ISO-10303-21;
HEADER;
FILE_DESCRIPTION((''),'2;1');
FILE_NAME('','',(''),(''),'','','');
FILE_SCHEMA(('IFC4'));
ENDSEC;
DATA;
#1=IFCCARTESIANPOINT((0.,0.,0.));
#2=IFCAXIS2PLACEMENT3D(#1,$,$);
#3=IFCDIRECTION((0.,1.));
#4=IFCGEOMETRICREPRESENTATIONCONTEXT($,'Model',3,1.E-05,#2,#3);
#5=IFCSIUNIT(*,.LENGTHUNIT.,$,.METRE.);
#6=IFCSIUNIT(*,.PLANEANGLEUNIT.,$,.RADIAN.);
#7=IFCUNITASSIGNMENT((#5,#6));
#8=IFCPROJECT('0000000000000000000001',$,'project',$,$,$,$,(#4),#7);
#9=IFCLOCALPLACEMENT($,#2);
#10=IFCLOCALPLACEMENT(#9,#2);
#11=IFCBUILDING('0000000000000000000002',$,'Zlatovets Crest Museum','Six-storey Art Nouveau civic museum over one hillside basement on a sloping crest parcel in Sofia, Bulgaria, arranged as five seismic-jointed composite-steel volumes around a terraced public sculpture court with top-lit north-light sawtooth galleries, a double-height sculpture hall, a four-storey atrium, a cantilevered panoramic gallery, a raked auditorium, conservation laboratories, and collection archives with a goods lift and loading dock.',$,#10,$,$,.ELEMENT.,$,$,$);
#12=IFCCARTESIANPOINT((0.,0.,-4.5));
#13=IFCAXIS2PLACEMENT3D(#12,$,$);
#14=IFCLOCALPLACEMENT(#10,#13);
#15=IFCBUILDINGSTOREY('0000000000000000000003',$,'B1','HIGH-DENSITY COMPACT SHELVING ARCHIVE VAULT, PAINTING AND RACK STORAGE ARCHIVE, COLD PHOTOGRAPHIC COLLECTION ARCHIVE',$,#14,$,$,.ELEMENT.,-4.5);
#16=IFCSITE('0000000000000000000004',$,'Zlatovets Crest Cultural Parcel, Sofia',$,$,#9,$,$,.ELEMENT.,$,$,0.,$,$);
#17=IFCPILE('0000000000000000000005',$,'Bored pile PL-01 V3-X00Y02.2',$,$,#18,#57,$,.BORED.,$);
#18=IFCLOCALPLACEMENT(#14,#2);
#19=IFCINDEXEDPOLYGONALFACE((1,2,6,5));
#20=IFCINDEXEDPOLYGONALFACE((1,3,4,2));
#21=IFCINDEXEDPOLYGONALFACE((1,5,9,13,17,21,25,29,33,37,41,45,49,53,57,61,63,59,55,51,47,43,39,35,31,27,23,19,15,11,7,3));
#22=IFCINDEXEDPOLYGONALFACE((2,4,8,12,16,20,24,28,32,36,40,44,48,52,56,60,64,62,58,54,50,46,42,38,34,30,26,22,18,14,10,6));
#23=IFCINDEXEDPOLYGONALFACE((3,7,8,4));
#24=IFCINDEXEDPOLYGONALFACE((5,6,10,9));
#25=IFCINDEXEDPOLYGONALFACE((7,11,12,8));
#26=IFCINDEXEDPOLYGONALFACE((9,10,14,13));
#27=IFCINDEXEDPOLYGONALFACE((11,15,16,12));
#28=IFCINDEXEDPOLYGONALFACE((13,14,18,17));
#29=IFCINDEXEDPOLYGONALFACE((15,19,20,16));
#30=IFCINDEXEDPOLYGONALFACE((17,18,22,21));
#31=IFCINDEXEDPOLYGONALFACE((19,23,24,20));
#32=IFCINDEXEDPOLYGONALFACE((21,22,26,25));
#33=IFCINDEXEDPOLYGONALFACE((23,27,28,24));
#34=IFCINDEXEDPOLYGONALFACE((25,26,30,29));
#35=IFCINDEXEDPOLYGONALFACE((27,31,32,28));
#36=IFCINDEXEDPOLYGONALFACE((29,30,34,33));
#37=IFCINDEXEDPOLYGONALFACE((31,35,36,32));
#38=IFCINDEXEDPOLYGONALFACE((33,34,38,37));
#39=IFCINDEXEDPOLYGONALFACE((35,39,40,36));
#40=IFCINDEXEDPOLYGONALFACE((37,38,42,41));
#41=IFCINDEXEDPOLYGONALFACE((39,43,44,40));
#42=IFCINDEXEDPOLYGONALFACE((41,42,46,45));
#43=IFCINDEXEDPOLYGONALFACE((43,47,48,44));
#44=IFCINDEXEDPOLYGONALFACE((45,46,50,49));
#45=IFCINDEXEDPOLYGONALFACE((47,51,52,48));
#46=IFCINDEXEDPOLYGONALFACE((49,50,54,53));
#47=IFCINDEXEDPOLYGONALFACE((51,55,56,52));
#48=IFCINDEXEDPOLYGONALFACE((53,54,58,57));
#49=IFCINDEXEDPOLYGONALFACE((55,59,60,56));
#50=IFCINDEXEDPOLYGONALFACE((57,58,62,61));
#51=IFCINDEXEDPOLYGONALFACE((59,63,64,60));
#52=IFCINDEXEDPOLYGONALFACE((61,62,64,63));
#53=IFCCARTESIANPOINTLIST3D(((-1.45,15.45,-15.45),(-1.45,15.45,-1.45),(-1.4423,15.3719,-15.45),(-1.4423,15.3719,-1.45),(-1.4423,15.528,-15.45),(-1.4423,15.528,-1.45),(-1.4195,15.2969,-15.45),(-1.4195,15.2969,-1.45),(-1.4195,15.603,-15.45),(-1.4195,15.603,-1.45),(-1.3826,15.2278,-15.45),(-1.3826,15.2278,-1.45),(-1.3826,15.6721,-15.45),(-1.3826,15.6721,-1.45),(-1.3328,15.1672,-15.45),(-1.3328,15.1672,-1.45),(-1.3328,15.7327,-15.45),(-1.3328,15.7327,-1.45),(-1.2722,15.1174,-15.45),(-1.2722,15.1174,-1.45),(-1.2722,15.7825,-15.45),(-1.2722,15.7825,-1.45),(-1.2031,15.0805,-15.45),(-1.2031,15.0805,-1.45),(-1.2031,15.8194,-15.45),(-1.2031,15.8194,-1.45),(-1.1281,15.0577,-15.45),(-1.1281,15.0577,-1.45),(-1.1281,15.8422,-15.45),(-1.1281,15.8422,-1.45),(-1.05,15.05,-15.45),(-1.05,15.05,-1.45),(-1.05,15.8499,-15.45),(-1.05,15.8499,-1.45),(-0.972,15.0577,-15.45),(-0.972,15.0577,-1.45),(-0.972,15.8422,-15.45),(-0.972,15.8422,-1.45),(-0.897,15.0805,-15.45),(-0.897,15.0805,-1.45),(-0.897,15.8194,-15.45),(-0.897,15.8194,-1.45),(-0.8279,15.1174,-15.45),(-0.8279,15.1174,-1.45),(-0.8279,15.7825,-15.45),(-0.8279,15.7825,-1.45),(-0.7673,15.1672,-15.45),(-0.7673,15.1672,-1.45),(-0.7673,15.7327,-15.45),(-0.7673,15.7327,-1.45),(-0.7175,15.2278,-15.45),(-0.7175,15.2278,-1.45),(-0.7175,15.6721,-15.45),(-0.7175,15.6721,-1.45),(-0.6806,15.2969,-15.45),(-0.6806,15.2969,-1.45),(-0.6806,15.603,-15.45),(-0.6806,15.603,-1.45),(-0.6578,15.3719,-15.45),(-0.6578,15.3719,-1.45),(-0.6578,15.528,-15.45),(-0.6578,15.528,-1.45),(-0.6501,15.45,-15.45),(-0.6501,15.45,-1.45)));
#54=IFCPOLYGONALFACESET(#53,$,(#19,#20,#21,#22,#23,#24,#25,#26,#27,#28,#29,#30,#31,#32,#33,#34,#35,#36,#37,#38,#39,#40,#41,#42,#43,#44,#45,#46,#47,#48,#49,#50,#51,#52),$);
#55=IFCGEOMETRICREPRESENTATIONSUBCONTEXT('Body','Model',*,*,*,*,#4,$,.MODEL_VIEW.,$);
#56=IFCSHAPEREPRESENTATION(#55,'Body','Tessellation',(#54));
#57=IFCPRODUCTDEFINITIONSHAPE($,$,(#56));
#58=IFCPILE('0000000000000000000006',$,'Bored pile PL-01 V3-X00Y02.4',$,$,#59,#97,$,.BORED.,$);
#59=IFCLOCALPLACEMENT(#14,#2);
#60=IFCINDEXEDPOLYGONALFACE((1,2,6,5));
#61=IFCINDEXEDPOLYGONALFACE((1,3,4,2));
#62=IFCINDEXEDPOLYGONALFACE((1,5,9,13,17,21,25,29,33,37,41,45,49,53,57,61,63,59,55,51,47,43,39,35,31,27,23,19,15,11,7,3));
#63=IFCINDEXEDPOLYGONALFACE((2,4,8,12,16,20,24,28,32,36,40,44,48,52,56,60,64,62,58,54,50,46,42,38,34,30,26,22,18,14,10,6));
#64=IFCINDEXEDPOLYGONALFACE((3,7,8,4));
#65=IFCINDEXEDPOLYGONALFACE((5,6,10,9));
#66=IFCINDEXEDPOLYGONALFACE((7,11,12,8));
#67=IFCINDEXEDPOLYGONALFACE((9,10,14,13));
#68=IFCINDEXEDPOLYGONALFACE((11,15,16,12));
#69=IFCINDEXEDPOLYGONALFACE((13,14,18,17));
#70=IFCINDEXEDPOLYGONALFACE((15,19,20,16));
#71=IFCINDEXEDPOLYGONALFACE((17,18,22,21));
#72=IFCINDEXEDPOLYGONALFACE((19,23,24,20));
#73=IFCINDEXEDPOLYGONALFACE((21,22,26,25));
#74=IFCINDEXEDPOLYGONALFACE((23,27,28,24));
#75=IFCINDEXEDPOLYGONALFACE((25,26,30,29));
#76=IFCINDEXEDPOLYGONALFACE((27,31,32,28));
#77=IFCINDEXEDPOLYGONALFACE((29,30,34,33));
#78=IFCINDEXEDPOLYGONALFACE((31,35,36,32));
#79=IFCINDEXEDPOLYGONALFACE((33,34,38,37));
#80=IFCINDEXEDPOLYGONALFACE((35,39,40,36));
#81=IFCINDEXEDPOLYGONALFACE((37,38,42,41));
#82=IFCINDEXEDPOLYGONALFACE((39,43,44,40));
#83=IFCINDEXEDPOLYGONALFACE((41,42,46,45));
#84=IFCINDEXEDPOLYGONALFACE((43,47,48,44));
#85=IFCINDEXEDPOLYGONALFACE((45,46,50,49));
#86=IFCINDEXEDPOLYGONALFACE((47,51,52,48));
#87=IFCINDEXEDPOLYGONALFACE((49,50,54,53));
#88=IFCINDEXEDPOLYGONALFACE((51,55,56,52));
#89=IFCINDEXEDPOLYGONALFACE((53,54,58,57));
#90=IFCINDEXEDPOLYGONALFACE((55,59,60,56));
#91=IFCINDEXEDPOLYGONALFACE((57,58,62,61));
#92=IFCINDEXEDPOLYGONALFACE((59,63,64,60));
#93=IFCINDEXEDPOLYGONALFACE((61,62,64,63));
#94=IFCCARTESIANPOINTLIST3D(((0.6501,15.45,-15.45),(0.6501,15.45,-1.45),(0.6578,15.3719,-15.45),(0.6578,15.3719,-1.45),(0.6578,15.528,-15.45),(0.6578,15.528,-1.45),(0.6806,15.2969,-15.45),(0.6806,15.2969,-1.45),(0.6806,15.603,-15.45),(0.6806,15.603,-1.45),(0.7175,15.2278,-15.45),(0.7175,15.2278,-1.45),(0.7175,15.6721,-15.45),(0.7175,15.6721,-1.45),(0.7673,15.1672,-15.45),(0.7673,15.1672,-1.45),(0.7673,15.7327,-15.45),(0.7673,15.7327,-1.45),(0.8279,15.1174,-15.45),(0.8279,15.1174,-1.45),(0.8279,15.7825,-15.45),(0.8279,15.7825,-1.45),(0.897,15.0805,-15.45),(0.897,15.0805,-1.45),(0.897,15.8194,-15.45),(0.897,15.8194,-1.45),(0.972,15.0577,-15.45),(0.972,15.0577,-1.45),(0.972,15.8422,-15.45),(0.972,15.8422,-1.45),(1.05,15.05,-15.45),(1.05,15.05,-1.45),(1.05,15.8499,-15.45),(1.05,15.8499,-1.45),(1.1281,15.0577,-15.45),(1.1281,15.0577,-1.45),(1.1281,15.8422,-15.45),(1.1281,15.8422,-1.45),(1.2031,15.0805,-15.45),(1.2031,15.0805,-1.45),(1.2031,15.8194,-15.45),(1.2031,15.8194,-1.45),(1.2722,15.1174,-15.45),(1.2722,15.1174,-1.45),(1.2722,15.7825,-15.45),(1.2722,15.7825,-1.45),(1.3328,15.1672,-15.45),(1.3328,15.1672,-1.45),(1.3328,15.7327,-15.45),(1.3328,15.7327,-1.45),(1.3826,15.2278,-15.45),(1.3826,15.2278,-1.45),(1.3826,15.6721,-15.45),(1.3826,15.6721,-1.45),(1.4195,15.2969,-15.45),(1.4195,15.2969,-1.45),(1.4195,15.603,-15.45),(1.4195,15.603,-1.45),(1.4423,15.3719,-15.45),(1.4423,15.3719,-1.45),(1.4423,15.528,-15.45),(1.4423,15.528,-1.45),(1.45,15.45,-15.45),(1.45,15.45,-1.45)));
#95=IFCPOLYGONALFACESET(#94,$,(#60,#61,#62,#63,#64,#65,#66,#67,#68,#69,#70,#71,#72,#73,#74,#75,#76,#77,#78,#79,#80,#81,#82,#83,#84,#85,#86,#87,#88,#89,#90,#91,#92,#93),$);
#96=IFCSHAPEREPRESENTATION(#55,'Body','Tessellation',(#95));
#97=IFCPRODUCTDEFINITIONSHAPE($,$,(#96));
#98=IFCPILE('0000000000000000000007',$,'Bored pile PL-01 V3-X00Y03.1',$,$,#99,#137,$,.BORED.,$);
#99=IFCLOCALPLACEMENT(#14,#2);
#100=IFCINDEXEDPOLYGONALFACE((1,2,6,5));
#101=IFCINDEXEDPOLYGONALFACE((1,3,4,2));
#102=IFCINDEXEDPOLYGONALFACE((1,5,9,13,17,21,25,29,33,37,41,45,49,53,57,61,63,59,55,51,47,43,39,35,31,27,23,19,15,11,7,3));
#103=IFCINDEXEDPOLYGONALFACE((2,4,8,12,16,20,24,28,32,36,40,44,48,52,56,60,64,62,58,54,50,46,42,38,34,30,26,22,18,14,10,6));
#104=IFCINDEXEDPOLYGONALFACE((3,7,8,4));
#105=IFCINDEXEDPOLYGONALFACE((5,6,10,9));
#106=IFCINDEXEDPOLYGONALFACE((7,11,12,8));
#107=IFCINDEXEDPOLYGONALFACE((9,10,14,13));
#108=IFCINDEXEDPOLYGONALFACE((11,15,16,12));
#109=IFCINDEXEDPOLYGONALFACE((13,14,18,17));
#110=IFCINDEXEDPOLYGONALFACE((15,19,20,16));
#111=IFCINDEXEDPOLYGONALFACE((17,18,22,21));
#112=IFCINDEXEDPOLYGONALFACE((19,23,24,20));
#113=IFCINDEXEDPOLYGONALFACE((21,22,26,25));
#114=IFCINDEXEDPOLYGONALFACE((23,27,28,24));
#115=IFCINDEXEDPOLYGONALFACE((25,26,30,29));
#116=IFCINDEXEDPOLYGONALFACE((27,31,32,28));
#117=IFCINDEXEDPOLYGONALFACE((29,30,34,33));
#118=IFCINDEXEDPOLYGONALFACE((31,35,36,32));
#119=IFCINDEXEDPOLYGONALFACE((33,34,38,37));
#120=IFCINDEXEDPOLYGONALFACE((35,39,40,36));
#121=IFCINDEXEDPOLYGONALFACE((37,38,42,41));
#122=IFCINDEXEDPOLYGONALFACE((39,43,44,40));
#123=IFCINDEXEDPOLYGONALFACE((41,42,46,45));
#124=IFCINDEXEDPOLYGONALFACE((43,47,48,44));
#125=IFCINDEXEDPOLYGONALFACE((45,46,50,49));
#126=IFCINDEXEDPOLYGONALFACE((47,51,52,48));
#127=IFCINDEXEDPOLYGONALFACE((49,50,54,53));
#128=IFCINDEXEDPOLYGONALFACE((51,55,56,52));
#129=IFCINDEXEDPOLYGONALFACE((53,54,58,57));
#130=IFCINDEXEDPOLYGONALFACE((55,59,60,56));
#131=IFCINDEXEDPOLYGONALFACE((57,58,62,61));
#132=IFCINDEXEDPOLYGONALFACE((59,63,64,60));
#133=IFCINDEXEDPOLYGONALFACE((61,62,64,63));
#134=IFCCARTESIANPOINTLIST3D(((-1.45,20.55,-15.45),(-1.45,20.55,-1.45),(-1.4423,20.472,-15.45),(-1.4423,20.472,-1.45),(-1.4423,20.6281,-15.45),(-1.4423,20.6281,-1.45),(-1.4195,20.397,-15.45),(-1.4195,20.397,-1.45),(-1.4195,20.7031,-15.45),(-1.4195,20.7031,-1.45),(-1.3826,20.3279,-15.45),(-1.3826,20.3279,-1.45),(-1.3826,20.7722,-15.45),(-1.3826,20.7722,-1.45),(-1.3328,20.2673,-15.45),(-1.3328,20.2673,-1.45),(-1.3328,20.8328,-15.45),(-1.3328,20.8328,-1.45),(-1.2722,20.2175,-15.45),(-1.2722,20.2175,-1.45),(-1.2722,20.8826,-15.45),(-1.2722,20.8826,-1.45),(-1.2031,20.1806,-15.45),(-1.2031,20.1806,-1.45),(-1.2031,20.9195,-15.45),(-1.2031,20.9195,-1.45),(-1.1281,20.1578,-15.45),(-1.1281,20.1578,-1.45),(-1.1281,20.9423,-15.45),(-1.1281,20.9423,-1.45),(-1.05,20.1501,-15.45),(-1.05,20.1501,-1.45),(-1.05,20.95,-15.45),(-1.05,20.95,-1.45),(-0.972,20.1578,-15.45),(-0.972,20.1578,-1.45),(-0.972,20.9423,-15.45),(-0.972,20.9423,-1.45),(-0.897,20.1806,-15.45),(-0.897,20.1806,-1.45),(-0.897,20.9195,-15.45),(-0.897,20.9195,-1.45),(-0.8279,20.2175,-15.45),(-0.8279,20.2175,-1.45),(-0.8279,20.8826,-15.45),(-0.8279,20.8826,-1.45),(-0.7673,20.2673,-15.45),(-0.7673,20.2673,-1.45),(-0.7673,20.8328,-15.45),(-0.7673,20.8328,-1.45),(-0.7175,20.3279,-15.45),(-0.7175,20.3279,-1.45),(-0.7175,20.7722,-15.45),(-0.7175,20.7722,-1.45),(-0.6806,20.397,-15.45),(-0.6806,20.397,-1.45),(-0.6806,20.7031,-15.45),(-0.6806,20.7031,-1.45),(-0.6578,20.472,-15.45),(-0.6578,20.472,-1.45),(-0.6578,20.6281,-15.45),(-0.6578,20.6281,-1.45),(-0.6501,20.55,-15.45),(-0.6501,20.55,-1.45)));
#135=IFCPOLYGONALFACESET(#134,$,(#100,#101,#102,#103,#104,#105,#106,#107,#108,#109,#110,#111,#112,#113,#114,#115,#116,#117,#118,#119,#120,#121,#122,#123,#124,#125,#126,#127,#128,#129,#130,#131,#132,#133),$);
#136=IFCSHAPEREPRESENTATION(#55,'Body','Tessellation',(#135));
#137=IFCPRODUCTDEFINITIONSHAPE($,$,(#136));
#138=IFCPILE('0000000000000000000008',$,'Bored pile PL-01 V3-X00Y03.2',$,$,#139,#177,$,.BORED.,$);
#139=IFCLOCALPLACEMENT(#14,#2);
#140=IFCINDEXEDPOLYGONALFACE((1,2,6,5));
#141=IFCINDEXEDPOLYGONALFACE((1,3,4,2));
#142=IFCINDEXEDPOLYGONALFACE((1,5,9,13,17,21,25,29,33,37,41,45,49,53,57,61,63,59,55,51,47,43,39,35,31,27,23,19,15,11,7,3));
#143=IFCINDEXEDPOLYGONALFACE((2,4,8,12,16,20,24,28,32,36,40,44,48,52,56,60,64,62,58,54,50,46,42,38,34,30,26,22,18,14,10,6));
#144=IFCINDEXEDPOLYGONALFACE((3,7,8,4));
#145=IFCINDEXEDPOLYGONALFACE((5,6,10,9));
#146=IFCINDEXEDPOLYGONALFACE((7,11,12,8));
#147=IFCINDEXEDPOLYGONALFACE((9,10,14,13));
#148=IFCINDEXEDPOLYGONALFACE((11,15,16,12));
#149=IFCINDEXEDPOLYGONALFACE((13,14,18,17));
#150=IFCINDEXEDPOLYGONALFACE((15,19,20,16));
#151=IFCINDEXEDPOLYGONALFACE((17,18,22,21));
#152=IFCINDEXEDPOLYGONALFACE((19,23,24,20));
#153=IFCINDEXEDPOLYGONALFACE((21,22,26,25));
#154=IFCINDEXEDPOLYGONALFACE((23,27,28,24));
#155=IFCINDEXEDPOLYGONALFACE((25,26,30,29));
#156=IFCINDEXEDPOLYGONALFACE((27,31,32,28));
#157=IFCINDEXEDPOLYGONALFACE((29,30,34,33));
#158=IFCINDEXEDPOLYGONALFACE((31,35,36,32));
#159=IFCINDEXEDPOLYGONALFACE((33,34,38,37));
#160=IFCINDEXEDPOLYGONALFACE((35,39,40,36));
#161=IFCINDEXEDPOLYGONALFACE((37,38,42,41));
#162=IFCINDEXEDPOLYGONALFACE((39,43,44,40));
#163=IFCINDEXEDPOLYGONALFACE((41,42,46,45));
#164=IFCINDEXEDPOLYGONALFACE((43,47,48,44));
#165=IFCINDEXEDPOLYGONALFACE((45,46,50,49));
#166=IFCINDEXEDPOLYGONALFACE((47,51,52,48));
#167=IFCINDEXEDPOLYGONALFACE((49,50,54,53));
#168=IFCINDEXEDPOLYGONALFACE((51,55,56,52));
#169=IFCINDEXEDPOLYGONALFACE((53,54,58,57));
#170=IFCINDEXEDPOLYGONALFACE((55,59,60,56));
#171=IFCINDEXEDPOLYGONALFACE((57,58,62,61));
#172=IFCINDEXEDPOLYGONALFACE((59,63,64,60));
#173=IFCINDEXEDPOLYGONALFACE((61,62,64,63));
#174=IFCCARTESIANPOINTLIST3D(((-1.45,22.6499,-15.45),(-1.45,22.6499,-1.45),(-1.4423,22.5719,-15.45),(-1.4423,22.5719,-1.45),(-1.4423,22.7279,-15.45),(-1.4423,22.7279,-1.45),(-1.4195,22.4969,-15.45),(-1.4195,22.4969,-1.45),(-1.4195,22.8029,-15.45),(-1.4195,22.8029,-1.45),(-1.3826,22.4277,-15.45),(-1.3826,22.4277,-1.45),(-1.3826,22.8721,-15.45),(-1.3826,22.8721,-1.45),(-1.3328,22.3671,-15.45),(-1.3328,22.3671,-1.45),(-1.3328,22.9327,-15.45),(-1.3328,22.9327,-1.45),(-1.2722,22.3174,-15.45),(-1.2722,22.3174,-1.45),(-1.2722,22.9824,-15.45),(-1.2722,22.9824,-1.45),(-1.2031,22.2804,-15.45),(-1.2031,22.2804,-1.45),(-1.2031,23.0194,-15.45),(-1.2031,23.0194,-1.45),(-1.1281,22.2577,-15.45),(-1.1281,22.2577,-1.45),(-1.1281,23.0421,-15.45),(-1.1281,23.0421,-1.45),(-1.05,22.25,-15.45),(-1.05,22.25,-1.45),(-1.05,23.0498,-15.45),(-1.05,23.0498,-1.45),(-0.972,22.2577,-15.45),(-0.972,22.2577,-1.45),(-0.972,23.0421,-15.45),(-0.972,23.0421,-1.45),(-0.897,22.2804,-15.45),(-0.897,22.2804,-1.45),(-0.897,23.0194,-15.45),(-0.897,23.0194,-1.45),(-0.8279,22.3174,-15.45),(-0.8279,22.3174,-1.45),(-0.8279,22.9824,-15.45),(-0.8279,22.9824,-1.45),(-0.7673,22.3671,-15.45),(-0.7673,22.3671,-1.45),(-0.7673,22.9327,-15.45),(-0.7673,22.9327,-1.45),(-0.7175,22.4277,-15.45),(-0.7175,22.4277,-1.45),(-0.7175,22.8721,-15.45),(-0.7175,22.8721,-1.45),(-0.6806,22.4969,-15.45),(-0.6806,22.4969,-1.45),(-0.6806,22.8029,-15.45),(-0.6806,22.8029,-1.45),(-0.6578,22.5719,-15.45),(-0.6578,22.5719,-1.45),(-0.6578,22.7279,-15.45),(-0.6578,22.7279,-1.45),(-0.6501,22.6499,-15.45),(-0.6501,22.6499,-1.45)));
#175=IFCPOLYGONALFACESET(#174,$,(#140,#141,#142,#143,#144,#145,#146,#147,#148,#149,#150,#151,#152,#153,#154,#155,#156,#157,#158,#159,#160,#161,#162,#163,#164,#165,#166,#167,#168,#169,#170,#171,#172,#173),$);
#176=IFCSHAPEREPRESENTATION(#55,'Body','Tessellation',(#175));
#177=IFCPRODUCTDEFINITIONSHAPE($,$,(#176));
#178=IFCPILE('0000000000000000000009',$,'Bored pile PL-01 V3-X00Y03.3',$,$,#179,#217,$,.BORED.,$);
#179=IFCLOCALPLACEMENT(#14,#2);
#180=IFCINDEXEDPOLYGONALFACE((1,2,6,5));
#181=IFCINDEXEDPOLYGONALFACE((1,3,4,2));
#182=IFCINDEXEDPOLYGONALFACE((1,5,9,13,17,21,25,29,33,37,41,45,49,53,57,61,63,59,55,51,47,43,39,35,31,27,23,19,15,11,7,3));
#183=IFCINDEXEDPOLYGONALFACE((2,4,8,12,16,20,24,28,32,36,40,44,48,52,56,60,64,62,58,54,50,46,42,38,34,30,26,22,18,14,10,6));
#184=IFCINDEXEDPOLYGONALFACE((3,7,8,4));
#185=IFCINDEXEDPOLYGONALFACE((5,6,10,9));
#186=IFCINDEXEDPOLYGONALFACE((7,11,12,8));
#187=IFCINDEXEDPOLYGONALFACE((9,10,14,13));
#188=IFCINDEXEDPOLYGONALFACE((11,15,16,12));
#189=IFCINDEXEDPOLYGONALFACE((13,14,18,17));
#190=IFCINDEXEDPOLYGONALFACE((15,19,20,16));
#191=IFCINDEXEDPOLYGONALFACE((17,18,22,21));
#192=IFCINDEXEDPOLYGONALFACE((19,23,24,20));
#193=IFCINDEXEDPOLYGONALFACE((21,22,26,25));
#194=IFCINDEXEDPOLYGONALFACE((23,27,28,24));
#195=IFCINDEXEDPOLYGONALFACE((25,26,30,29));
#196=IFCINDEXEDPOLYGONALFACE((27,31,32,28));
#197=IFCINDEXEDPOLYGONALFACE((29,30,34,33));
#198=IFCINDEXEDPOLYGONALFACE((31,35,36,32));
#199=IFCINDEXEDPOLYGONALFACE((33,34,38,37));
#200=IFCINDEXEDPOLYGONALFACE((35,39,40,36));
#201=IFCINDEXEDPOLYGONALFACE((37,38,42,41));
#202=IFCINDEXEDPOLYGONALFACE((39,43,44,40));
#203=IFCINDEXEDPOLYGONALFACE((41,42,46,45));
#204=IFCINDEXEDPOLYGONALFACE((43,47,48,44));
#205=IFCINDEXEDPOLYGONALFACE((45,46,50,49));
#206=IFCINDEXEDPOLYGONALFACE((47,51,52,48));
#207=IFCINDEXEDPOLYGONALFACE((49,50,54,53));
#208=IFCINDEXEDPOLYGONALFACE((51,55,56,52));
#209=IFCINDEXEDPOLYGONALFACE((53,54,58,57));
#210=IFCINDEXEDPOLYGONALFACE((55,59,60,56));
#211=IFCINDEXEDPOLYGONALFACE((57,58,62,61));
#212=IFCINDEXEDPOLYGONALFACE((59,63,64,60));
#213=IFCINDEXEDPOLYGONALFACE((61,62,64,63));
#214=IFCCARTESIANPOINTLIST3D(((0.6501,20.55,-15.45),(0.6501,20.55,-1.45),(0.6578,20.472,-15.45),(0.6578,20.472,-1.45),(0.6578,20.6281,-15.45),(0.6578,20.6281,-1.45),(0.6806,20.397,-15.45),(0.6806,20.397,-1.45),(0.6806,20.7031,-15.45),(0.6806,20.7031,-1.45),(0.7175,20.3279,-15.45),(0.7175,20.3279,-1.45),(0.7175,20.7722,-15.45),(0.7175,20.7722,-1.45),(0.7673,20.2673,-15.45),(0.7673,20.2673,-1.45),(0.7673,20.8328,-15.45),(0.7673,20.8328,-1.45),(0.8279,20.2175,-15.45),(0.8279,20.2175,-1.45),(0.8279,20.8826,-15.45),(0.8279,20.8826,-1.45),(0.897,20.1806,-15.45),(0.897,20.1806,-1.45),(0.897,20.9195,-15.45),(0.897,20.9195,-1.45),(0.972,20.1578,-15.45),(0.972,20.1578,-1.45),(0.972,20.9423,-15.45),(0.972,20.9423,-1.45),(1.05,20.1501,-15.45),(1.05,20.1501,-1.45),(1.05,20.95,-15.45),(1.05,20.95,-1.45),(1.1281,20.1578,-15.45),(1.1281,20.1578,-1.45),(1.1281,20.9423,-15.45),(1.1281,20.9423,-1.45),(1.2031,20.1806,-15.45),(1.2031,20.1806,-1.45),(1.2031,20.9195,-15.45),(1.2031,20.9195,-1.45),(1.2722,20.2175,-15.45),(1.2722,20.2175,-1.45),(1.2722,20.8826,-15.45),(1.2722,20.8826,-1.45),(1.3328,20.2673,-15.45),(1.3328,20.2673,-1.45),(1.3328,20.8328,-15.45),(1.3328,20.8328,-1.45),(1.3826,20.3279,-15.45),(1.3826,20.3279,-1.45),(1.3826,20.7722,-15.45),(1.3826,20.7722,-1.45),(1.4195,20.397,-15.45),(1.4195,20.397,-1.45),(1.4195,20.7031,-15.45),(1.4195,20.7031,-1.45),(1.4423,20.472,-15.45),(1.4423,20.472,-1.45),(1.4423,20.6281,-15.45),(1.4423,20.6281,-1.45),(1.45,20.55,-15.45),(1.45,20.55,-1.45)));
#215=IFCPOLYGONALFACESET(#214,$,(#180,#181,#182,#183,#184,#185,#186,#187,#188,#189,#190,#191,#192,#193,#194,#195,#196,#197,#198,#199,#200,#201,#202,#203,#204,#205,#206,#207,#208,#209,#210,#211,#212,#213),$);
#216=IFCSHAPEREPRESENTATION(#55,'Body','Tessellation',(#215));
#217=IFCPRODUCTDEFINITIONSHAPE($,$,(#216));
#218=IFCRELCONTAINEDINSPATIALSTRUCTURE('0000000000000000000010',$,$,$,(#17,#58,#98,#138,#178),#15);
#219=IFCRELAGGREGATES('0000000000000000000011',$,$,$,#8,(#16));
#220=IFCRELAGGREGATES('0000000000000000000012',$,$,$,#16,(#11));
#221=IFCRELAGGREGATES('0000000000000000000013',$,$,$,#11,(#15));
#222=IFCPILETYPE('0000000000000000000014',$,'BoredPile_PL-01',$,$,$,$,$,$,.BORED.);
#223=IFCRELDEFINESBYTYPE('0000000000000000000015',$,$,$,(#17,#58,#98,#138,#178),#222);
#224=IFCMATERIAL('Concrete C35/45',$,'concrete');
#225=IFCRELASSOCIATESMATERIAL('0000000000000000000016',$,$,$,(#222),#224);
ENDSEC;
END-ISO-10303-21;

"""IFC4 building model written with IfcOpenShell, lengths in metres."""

from ifc_helpers import new_model, si_unit, direction, frame, origin, origin_2d, place, context, subcontext, project, spatial, circle, extrude, material, material_profile, profile_set, type_object, element, save


model = new_model("IFC4")

# Units and contexts
model_context = context("Model", 3, precision=1e-05, world=origin(), true_north=direction((0.0, 1.0)))
body_context = subcontext(model_context, "Body", "Model", "MODEL_VIEW")
ifc_project = project(units=[si_unit("LENGTHUNIT", "METRE"), si_unit("PLANEANGLEUNIT", "RADIAN")], contexts=[model_context])

# Site, building, storey
site_placement = place(None, origin())
site = spatial("IfcSite", under=ifc_project, at=site_placement, Name="Zlatovets Crest Cultural Parcel, Sofia", CompositionType="ELEMENT", RefElevation=0.0)
building_placement = place(site_placement, origin())
building = spatial("IfcBuilding", under=site, at=building_placement, Name="Zlatovets Crest Museum", Description="Six-storey Art Nouveau civic museum over one hillside basement on a sloping crest parcel in Sofia, Bulgaria, arranged as five seismic-jointed composite-steel volumes around a terraced public sculpture court with top-lit north-light sawtooth galleries, a double-height sculpture hall, a four-storey atrium, a cantilevered panoramic gallery, a raked auditorium, conservation laboratories, and collection archives with a goods lift and loading dock.", CompositionType="ELEMENT")
storey_placement = place(building_placement, frame((0.0, 0.0, -4.5)))
storey = spatial("IfcBuildingStorey", under=building, at=storey_placement, Name="B1", Description="HIGH-DENSITY COMPACT SHELVING ARCHIVE VAULT, PAINTING AND RACK STORAGE ARCHIVE, COLD PHOTOGRAPHIC COLLECTION ARCHIVE", CompositionType="ELEMENT", Elevation=-4.5)

# Piles
ifc_material_1 = material(Name="Concrete C35/45", Category="concrete")
ifc_material_profile_1 = material_profile(ifc_material_1, circle(Radius=0.3999, at=origin_2d()), Name="PILE D800")
ifc_profile_set_1 = profile_set([ifc_material_profile_1], Name="Concrete C35/45")
pile_type = type_object("IfcPileType", Name="BoredPile_PL-01", PredefinedType="BORED", material=ifc_profile_set_1)
for number, where, z_axis, x_axis, name in (
    (1, (-1.05, 15.45, -1.45), (0.0, 0.0, -1.0), (1.0, 0.0, 0.0), "Bored pile PL-01 V3-X00Y02.2"),
    (2, (1.05, 15.45, -1.45), (0.0, 0.0, -1.0), (1.0, 0.0, 0.0), "Bored pile PL-01 V3-X00Y02.4"),
    (3, (-1.05, 20.55, -1.45), (0.0, 0.0, -1.0), (1.0, 0.0, 0.0), "Bored pile PL-01 V3-X00Y03.1"),
    (4, (-1.05, 22.6499, -1.45), (0.0, 0.0, -1.0), (1.0, 0.0, 0.0), "Bored pile PL-01 V3-X00Y03.2"),
    (5, (1.05, 20.55, -1.45), (0.0, 0.0, -1.0), (1.0, 0.0, 0.0), "Bored pile PL-01 V3-X00Y03.3"),
):
    element("IfcPile", number, at=place(storey_placement, frame(where, z_axis=z_axis, x_axis=x_axis)), inside=storey, type_object=pile_type, Name=name, PredefinedType="BORED", context=body_context, shape_type="SweptSolid", body=[
        extrude(circle(Radius=0.3999, at=origin_2d()), origin(), (0.0, 0.0, 1.0), 14.0),
    ])

save(model, "model.ifc")
